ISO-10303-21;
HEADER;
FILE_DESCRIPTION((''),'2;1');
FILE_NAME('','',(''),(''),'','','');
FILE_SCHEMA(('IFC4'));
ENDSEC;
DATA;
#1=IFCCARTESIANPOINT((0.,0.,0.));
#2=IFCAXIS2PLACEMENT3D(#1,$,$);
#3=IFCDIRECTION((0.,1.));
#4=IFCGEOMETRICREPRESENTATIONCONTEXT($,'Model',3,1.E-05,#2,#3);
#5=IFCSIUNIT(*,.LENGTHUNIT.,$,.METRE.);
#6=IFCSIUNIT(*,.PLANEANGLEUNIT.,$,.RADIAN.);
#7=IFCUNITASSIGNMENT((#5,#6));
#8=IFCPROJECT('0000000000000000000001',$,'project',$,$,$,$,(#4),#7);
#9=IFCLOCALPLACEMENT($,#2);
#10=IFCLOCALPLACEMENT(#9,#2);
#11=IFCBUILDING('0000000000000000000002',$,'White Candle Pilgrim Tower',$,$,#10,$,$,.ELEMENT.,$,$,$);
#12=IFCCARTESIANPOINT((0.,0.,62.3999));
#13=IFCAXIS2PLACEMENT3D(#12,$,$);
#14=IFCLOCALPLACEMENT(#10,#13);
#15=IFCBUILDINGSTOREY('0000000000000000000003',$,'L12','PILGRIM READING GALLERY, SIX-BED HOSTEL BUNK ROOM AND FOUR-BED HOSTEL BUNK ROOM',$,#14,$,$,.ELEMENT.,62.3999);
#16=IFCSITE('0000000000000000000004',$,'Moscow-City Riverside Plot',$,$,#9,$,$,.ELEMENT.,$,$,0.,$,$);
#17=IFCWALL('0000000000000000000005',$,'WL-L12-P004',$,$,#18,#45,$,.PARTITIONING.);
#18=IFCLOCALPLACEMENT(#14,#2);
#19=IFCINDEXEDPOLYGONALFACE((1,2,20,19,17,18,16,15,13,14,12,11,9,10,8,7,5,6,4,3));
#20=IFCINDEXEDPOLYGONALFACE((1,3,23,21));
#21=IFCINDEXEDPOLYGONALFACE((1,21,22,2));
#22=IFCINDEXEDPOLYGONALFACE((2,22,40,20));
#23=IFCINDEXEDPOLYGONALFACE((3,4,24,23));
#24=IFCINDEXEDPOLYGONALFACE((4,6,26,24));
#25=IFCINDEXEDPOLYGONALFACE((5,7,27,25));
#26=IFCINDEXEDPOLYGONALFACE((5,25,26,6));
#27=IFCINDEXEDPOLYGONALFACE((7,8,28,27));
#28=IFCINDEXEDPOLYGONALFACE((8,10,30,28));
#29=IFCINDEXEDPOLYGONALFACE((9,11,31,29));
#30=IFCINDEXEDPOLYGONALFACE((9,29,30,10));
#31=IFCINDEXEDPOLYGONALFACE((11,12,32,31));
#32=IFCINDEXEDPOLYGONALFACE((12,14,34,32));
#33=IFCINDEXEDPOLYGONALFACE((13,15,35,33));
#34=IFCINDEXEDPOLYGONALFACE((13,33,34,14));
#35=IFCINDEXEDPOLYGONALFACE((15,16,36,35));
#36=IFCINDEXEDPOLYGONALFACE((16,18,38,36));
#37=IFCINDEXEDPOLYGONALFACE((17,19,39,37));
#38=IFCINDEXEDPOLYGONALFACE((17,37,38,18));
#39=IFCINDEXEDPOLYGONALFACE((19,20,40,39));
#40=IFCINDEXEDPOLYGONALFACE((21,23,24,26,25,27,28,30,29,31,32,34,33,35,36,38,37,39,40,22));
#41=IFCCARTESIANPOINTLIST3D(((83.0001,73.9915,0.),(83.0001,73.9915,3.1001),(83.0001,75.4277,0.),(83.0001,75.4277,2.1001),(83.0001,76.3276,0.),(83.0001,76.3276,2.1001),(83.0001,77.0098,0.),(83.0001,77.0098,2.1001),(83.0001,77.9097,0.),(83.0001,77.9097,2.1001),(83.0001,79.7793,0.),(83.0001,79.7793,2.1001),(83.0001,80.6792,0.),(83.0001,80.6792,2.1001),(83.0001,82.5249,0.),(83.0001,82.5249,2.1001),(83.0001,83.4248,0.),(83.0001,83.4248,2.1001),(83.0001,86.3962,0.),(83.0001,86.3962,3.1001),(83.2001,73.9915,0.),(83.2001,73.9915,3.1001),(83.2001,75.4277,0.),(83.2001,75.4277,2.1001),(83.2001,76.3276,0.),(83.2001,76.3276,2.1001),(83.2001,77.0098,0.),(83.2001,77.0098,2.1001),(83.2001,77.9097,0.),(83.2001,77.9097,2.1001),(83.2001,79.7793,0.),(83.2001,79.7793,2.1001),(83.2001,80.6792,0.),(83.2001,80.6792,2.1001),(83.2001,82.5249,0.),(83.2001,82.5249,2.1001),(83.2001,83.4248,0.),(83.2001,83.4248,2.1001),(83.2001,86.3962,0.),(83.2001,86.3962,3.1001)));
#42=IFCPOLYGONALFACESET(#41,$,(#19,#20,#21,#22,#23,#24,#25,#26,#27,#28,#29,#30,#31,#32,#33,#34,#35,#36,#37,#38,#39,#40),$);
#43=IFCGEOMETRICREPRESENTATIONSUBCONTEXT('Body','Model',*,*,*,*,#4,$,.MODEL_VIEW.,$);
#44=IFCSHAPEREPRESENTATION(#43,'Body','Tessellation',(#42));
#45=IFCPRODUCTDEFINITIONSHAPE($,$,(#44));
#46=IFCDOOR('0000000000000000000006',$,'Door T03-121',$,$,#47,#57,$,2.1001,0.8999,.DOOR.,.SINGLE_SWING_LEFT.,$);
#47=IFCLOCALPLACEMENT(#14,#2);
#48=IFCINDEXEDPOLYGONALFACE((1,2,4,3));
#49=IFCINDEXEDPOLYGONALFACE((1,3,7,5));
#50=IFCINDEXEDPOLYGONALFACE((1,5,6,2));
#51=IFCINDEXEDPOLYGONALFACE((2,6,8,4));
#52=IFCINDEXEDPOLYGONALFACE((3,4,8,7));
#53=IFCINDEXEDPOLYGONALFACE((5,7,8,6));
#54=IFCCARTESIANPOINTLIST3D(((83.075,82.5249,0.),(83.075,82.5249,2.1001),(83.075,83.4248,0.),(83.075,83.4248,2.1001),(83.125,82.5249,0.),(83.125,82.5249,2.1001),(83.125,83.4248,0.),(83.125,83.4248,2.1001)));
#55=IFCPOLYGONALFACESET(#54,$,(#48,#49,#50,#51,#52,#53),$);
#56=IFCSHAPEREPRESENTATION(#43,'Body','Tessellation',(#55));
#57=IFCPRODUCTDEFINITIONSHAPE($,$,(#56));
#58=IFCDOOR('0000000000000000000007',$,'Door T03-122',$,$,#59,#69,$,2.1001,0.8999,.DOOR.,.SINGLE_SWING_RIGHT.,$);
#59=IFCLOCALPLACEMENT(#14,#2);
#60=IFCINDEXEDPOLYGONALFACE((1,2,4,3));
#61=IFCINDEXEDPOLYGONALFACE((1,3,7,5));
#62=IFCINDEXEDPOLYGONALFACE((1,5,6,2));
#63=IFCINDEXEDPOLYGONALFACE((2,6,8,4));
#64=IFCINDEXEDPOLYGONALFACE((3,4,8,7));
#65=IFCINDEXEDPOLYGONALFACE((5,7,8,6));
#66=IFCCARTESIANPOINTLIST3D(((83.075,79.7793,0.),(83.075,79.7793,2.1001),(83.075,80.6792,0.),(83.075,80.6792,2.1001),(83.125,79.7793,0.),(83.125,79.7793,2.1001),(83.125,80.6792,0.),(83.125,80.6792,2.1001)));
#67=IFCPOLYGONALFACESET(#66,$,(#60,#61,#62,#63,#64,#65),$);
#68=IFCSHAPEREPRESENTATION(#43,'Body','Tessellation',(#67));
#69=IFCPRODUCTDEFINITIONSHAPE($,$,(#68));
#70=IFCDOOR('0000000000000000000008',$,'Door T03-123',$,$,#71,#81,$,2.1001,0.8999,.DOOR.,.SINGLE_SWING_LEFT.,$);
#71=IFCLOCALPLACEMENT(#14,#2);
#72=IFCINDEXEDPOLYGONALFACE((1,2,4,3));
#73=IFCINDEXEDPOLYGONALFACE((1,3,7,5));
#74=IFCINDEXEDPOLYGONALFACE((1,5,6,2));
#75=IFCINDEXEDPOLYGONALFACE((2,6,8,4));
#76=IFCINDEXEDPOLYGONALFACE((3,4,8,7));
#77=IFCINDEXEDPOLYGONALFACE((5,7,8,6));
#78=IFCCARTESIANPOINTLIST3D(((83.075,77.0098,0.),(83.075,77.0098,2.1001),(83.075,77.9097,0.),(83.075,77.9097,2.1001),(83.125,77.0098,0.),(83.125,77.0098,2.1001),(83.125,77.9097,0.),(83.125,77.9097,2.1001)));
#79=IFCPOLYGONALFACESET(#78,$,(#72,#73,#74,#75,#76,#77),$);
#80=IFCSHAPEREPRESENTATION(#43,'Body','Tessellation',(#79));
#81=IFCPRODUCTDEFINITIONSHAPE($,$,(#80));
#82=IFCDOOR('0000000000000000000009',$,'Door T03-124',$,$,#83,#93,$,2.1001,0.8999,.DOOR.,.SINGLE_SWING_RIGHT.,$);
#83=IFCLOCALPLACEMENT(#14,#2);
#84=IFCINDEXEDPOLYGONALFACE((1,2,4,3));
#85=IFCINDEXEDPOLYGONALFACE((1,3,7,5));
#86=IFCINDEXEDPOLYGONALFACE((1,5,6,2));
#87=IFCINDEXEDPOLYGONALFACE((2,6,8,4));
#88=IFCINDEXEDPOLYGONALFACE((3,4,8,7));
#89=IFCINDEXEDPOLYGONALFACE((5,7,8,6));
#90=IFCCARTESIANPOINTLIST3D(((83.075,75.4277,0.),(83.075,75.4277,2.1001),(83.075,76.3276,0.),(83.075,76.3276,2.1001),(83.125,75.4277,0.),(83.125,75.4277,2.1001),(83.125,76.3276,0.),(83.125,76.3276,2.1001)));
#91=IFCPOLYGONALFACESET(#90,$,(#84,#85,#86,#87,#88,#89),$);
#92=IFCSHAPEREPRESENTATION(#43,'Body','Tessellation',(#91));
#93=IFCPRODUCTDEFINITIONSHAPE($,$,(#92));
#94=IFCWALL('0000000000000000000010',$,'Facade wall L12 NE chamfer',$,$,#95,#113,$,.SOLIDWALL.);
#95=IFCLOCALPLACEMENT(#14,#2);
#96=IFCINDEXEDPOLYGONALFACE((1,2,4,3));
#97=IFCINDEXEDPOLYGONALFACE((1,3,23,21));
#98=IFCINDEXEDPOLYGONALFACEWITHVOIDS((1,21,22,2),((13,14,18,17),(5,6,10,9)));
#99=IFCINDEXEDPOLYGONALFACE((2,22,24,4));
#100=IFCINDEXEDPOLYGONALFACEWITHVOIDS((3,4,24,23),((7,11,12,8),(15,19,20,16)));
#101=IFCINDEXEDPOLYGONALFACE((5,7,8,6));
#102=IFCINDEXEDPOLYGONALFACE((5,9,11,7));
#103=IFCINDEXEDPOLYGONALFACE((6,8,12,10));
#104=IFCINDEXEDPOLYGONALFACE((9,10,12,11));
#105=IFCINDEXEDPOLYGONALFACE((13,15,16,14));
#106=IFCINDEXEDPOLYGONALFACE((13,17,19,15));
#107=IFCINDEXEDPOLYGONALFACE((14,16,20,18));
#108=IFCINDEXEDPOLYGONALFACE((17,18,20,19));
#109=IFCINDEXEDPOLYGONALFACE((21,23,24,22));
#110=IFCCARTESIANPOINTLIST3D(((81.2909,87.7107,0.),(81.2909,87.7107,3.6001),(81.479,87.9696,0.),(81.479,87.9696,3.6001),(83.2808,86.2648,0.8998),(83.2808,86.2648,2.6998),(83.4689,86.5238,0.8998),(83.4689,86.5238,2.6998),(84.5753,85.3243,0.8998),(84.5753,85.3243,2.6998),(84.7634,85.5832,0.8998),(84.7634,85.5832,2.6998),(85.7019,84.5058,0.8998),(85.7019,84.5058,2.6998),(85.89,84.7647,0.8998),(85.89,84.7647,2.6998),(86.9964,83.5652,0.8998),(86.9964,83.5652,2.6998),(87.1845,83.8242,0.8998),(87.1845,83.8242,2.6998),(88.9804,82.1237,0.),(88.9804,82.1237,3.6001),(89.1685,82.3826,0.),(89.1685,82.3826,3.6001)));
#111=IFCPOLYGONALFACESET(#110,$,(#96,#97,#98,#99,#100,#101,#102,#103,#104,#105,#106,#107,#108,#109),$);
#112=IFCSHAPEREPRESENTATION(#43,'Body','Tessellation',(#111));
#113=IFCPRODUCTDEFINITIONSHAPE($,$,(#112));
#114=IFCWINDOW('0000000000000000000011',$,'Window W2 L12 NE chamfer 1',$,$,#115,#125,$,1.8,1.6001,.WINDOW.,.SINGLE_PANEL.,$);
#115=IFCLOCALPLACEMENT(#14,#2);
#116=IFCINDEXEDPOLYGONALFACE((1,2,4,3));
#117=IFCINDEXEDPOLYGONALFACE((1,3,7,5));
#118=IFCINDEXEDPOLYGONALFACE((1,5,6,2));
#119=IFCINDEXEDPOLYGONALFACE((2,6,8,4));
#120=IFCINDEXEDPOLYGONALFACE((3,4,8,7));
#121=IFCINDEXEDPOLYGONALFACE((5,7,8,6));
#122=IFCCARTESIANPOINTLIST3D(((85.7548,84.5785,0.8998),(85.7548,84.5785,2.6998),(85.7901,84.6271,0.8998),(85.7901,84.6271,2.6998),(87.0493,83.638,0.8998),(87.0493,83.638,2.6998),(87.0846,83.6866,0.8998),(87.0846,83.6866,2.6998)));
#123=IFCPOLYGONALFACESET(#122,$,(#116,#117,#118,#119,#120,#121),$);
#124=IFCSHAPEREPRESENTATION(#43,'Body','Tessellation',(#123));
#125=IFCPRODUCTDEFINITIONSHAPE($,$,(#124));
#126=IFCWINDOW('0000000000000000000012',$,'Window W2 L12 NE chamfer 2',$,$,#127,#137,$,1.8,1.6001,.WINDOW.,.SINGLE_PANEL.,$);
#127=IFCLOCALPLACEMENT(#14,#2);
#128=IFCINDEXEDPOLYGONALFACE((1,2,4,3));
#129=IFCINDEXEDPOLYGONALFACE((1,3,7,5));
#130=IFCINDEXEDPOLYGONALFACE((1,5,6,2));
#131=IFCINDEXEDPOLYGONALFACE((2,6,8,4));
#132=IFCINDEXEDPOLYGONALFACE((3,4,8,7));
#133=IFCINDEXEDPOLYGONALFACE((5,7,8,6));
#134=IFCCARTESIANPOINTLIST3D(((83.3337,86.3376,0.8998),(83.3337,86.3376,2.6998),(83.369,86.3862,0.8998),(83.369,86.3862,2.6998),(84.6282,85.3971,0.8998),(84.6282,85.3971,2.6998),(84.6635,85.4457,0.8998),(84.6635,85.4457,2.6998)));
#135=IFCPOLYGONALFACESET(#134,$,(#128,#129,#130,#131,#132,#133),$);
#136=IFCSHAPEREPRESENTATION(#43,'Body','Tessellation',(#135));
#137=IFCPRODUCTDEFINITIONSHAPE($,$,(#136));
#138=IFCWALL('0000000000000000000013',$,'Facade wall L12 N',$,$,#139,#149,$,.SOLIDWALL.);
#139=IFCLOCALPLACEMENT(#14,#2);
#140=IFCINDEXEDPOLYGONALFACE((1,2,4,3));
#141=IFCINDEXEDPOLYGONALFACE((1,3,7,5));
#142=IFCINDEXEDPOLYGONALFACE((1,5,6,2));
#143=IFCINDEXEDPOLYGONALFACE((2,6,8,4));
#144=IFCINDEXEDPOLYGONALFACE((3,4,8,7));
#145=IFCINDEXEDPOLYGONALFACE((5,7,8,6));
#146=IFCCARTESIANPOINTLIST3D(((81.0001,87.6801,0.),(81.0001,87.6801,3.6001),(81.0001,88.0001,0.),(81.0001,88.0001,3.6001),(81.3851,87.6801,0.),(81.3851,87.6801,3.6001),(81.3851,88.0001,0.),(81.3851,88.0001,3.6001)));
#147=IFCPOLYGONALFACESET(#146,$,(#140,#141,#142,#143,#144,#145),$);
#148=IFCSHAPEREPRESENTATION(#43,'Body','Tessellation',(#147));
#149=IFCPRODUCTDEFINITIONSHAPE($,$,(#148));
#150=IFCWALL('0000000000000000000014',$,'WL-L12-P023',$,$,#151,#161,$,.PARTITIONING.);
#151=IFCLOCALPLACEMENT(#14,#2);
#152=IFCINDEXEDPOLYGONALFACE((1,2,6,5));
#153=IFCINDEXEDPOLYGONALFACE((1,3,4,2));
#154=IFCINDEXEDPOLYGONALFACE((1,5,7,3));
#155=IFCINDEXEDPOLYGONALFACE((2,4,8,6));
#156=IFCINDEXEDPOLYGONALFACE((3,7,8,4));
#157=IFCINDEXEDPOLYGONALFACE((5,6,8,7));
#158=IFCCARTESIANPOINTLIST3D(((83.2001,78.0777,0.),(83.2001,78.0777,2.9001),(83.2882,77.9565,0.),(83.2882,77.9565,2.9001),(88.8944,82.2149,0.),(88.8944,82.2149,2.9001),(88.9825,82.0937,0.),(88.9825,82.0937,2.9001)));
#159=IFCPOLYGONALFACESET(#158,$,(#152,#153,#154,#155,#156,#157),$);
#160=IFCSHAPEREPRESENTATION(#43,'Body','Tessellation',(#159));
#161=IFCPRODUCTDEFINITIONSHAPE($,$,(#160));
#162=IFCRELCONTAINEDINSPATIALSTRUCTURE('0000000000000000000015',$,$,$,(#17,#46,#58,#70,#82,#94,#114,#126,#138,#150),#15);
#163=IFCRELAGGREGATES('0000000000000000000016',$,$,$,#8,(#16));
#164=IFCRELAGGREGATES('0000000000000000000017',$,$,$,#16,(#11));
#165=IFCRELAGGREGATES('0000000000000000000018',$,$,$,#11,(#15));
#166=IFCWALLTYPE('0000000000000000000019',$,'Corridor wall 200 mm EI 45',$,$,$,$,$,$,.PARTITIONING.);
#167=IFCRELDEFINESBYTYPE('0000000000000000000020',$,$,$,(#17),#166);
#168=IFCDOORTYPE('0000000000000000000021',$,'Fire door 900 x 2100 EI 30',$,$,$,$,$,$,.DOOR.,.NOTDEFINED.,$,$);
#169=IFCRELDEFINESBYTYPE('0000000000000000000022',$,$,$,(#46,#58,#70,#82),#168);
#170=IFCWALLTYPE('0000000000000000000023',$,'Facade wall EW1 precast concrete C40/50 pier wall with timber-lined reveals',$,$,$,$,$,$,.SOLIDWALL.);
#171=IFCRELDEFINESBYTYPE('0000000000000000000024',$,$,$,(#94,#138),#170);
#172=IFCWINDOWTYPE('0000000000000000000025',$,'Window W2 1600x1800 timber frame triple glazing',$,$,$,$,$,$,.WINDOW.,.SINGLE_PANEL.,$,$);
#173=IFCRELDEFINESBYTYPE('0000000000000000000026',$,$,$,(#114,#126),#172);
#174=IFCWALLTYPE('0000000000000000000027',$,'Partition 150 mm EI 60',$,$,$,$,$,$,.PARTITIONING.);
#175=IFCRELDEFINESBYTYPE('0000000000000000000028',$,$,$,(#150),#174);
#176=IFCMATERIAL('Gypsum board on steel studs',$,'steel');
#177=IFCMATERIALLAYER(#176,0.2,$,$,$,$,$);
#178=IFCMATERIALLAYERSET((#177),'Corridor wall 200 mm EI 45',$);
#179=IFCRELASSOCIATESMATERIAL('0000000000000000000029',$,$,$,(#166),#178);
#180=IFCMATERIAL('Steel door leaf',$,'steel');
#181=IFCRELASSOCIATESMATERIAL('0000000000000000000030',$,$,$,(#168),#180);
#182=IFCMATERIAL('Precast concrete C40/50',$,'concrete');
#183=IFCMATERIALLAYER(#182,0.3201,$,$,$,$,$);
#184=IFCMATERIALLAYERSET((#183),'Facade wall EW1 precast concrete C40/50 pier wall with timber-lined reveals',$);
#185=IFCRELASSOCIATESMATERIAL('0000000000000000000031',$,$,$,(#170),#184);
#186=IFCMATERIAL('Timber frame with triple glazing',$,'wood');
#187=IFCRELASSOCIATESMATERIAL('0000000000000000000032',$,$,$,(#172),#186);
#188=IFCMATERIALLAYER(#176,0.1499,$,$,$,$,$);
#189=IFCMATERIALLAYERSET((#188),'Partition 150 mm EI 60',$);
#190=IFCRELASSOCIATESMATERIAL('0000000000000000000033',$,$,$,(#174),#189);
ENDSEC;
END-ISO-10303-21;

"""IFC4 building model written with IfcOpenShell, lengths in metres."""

from ifc_helpers import new_model, si_unit, direction, frame, frame_2d, origin, place, context, subcontext, project, spatial, rectangle, extrude, material, layer, layer_set, type_object, element, fill, save


model = new_model("IFC4")

# Units and contexts
model_context = context("Model", 3, precision=1e-05, world=origin(), true_north=direction((0.0, 1.0)))
body_context = subcontext(model_context, "Body", "Model", "MODEL_VIEW")
ifc_project = project(units=[si_unit("LENGTHUNIT", "METRE"), si_unit("PLANEANGLEUNIT", "RADIAN")], contexts=[model_context])

# Site, building, storey
site_placement = place(None, origin())
site = spatial("IfcSite", under=ifc_project, at=site_placement, Name="Moscow-City Riverside Plot", CompositionType="ELEMENT", RefElevation=0.0)
building_placement = place(site_placement, origin())
building = spatial("IfcBuilding", under=site, at=building_placement, Name="White Candle Pilgrim Tower", CompositionType="ELEMENT")
storey_placement = place(building_placement, frame((0.0, 0.0, 62.3999)))
storey = spatial("IfcBuildingStorey", under=building, at=storey_placement, Name="L12", Description="PILGRIM READING GALLERY, SIX-BED HOSTEL BUNK ROOM AND FOUR-BED HOSTEL BUNK ROOM", CompositionType="ELEMENT", Elevation=62.3999)

# Shared definitions
ifc_material_1 = material(Name="Steel door leaf", Category="steel")

# Wall, openings, doors
ifc_material_2 = material(Name="Gypsum board on steel studs", Category="steel")
ifc_layer_1 = layer(ifc_material_2, 0.2)
ifc_layer_set_1 = layer_set([ifc_layer_1], Name="Corridor wall 200 mm EI 45")
wall_type_1 = type_object("IfcWallType", Name="Corridor wall 200 mm EI 45", PredefinedType="PARTITIONING", material=ifc_layer_set_1)
wall_1_placement = place(storey_placement, frame((83.1001, 86.3962, 0.0), z_axis=(0.0, 0.0, 1.0), x_axis=(0.0, -1.0, 0.0)))
wall_1 = element("IfcWall", 1, at=wall_1_placement, inside=storey, type_object=wall_type_1, Name="WL-L12-P004", PredefinedType="PARTITIONING", context=body_context, shape_type="SweptSolid", body=[
    extrude(rectangle(XDim=12.4048, YDim=0.2, at=frame_2d((6.2024, 0.0))), origin(), (0.0, 0.0, 1.0), 3.1001),
])
opening_1_placement = place(wall_1_placement, frame((2.9714, 0.0, 0.0)))
opening_1 = element("IfcOpeningElement", 2, at=opening_1_placement, cuts=wall_1, PredefinedType="OPENING", context=body_context, shape_type="SweptSolid", body=[
    extrude(rectangle(XDim=0.8999, YDim=2.1001, at=frame_2d((0.45, 1.05))), frame((0.0, 0.1099, 0.0), z_axis=(0.0, -1.0, 0.0), x_axis=(1.0, 0.0, 0.0)), (0.0, 0.0, 1.0), 0.22),
])
opening_2_placement = place(wall_1_placement, frame((5.717, 0.0, 0.0)))
opening_2 = element("IfcOpeningElement", 3, at=opening_2_placement, cuts=wall_1, PredefinedType="OPENING", context=body_context, shape_type="SweptSolid", body=[
    extrude(rectangle(XDim=0.8999, YDim=2.1001, at=frame_2d((0.45, 1.05))), frame((0.0, 0.1099, 0.0), z_axis=(0.0, -1.0, 0.0), x_axis=(1.0, 0.0, 0.0)), (0.0, 0.0, 1.0), 0.22),
])
opening_3_placement = place(wall_1_placement, frame((8.4866, 0.0, 0.0)))
opening_3 = element("IfcOpeningElement", 4, at=opening_3_placement, cuts=wall_1, PredefinedType="OPENING", context=body_context, shape_type="SweptSolid", body=[
    extrude(rectangle(XDim=0.8999, YDim=2.1001, at=frame_2d((0.45, 1.05))), frame((0.0, 0.1099, 0.0), z_axis=(0.0, -1.0, 0.0), x_axis=(1.0, 0.0, 0.0)), (0.0, 0.0, 1.0), 0.22),
])
opening_4_placement = place(wall_1_placement, frame((10.0686, 0.0, 0.0)))
opening_4 = element("IfcOpeningElement", 5, at=opening_4_placement, cuts=wall_1, PredefinedType="OPENING", context=body_context, shape_type="SweptSolid", body=[
    extrude(rectangle(XDim=0.8999, YDim=2.1001, at=frame_2d((0.45, 1.05))), frame((0.0, 0.1099, 0.0), z_axis=(0.0, -1.0, 0.0), x_axis=(1.0, 0.0, 0.0)), (0.0, 0.0, 1.0), 0.22),
])
door_type_1 = type_object("IfcDoorType", Name="Fire door 900 x 2100 EI 30", OperationType="NOTDEFINED", PredefinedType="DOOR", material=ifc_material_1)
door_1_placement = place(opening_1_placement, origin())
door_1 = element("IfcDoor", 6, at=door_1_placement, inside=storey, type_object=door_type_1, Name="Door T03-121", OperationType="SINGLE_SWING_LEFT", OverallHeight=2.1001, OverallWidth=0.8999, PredefinedType="DOOR", context=body_context, shape_type="SweptSolid", body=[
    extrude(rectangle(XDim=0.8999, YDim=2.1001, at=frame_2d((0.45, 1.05))), frame((0.0, 0.0249, 0.0), z_axis=(0.0, -1.0, 0.0), x_axis=(1.0, 0.0, 0.0)), (0.0, 0.0, 1.0), 0.05),
])
fill(opening_1, door_1)
door_2_placement = place(opening_2_placement, origin())
door_2 = element("IfcDoor", 7, at=door_2_placement, inside=storey, type_object=door_type_1, Name="Door T03-122", OperationType="SINGLE_SWING_RIGHT", OverallHeight=2.1001, OverallWidth=0.8999, PredefinedType="DOOR", context=body_context, shape_type="SweptSolid", body=[
    extrude(rectangle(XDim=0.8999, YDim=2.1001, at=frame_2d((0.45, 1.05))), frame((0.0, 0.0249, 0.0), z_axis=(0.0, -1.0, 0.0), x_axis=(1.0, 0.0, 0.0)), (0.0, 0.0, 1.0), 0.05),
])
fill(opening_2, door_2)
door_3_placement = place(opening_3_placement, origin())
door_3 = element("IfcDoor", 8, at=door_3_placement, inside=storey, type_object=door_type_1, Name="Door T03-123", OperationType="SINGLE_SWING_LEFT", OverallHeight=2.1001, OverallWidth=0.8999, PredefinedType="DOOR", context=body_context, shape_type="SweptSolid", body=[
    extrude(rectangle(XDim=0.8999, YDim=2.1001, at=frame_2d((0.45, 1.05))), frame((0.0, 0.0249, 0.0), z_axis=(0.0, -1.0, 0.0), x_axis=(1.0, 0.0, 0.0)), (0.0, 0.0, 1.0), 0.05),
])
fill(opening_3, door_3)
door_4_placement = place(opening_4_placement, origin())
door_4 = element("IfcDoor", 9, at=door_4_placement, inside=storey, type_object=door_type_1, Name="Door T03-124", OperationType="SINGLE_SWING_RIGHT", OverallHeight=2.1001, OverallWidth=0.8999, PredefinedType="DOOR", context=body_context, shape_type="SweptSolid", body=[
    extrude(rectangle(XDim=0.8999, YDim=2.1001, at=frame_2d((0.45, 1.05))), frame((0.0, 0.0249, 0.0), z_axis=(0.0, -1.0, 0.0), x_axis=(1.0, 0.0, 0.0)), (0.0, 0.0, 1.0), 0.05),
])
fill(opening_4, door_4)

# Wall, openings, windows
ifc_material_3 = material(Name="Precast concrete C40/50", Category="concrete")
ifc_layer_2 = layer(ifc_material_3, 0.3201)
ifc_layer_set_2 = layer_set([ifc_layer_2], Name="Facade wall EW1 precast concrete C40/50 pier wall with timber-lined reveals")
wall_type_2 = type_object("IfcWallType", Name="Facade wall EW1 precast concrete C40/50 pier wall with timber-lined reveals", PredefinedType="SOLIDWALL", material=ifc_layer_set_2)
wall_2_placement = place(storey_placement, frame((89.0745, 82.2532, 0.0), z_axis=(0.0, 0.0, 1.0), x_axis=(-0.809007, 0.587799, 0.0)))
wall_2 = element("IfcWall", 10, at=wall_2_placement, inside=storey, type_object=wall_type_2, Name="Facade wall L12 NE chamfer", PredefinedType="SOLIDWALL", context=body_context, shape_type="SweptSolid", body=[
    extrude(rectangle(XDim=9.5049, YDim=0.3201, at=frame_2d((4.7524, 0.0))), origin(), (0.0, 0.0, 1.0), 3.6001),
])
opening_5_placement = place(wall_2_placement, frame((2.4524, 0.0, 0.8999)))
opening_5 = element("IfcOpeningElement", 11, at=opening_5_placement, cuts=wall_2, PredefinedType="OPENING", context=body_context, shape_type="SweptSolid", body=[
    extrude(rectangle(XDim=1.6001, YDim=1.8, at=frame_2d((0.8, 0.8999))), frame((0.0, 0.1699, 0.0), z_axis=(0.0, -1.0, 0.0), x_axis=(1.0, 0.0, 0.0)), (0.0, 0.0, 1.0), 0.3401),
])
opening_6_placement = place(wall_2_placement, frame((5.4451, 0.0, 0.8999)))
opening_6 = element("IfcOpeningElement", 12, at=opening_6_placement, cuts=wall_2, PredefinedType="OPENING", context=body_context, shape_type="SweptSolid", body=[
    extrude(rectangle(XDim=1.6001, YDim=1.8, at=frame_2d((0.8, 0.8999))), frame((0.0, 0.1699, 0.0), z_axis=(0.0, -1.0, 0.0), x_axis=(1.0, 0.0, 0.0)), (0.0, 0.0, 1.0), 0.3401),
])
ifc_material_4 = material(Name="Timber frame with triple glazing", Category="wood")
window_type = type_object("IfcWindowType", Name="Window W2 1600x1800 timber frame triple glazing", PartitioningType="SINGLE_PANEL", PredefinedType="WINDOW", material=ifc_material_4)
window_1_placement = place(opening_5_placement, origin())
window_1 = element("IfcWindow", 13, at=window_1_placement, inside=storey, type_object=window_type, Name="Window W2 L12 NE chamfer 1", OverallHeight=1.8, OverallWidth=1.6001, PartitioningType="SINGLE_PANEL", PredefinedType="WINDOW", context=body_context, shape_type="SweptSolid", body=[
    extrude(rectangle(XDim=1.6001, YDim=1.8, at=frame_2d((0.8, 0.8999))), frame((0.0, 0.0701, 0.0), z_axis=(0.0, -1.0, 0.0), x_axis=(1.0, 0.0, 0.0)), (0.0, 0.0, 1.0), 0.0601),
])
fill(opening_5, window_1)
window_2_placement = place(opening_6_placement, origin())
window_2 = element("IfcWindow", 14, at=window_2_placement, inside=storey, type_object=window_type, Name="Window W2 L12 NE chamfer 2", OverallHeight=1.8, OverallWidth=1.6001, PartitioningType="SINGLE_PANEL", PredefinedType="WINDOW", context=body_context, shape_type="SweptSolid", body=[
    extrude(rectangle(XDim=1.6001, YDim=1.8, at=frame_2d((0.8, 0.8999))), frame((0.0, 0.0701, 0.0), z_axis=(0.0, -1.0, 0.0), x_axis=(1.0, 0.0, 0.0)), (0.0, 0.0, 1.0), 0.0601),
])
fill(opening_6, window_2)

# Walls
wall_3_placement = place(storey_placement, frame((81.385, 87.8401, 0.0), z_axis=(0.0, 0.0, 1.0), x_axis=(-1.0, 0.0, 0.0)))
element("IfcWall", 15, at=wall_3_placement, inside=storey, type_object=wall_type_2, Name="Facade wall L12 N", PredefinedType="SOLIDWALL", context=body_context, shape_type="SweptSolid", body=[
    extrude(rectangle(XDim=0.385, YDim=0.3201, at=frame_2d((0.1924, 0.0))), origin(), (0.0, 0.0, 1.0), 3.6001),
])
ifc_layer_3 = layer(ifc_material_2, 0.1499)
ifc_layer_set_3 = layer_set([ifc_layer_3], Name="Partition 150 mm EI 60")
wall_type_3 = type_object("IfcWallType", Name="Partition 150 mm EI 60", PredefinedType="PARTITIONING", material=ifc_layer_set_3)
wall_4_placement = place(storey_placement, frame((88.9385, 82.1543, 0.0), z_axis=(0.0, 0.0, 1.0), x_axis=(-0.809015, -0.587788, 0.0)))
element("IfcWall", 16, at=wall_4_placement, inside=storey, type_object=wall_type_3, Name="WL-L12-P023", PredefinedType="PARTITIONING", context=body_context, shape_type="SweptSolid", body=[
    extrude(rectangle(XDim=7.0386, YDim=0.1499, at=frame_2d((3.5193, 0.0))), origin(), (0.0, 0.0, 1.0), 2.9001),
])

save(model, "model.ifc")
